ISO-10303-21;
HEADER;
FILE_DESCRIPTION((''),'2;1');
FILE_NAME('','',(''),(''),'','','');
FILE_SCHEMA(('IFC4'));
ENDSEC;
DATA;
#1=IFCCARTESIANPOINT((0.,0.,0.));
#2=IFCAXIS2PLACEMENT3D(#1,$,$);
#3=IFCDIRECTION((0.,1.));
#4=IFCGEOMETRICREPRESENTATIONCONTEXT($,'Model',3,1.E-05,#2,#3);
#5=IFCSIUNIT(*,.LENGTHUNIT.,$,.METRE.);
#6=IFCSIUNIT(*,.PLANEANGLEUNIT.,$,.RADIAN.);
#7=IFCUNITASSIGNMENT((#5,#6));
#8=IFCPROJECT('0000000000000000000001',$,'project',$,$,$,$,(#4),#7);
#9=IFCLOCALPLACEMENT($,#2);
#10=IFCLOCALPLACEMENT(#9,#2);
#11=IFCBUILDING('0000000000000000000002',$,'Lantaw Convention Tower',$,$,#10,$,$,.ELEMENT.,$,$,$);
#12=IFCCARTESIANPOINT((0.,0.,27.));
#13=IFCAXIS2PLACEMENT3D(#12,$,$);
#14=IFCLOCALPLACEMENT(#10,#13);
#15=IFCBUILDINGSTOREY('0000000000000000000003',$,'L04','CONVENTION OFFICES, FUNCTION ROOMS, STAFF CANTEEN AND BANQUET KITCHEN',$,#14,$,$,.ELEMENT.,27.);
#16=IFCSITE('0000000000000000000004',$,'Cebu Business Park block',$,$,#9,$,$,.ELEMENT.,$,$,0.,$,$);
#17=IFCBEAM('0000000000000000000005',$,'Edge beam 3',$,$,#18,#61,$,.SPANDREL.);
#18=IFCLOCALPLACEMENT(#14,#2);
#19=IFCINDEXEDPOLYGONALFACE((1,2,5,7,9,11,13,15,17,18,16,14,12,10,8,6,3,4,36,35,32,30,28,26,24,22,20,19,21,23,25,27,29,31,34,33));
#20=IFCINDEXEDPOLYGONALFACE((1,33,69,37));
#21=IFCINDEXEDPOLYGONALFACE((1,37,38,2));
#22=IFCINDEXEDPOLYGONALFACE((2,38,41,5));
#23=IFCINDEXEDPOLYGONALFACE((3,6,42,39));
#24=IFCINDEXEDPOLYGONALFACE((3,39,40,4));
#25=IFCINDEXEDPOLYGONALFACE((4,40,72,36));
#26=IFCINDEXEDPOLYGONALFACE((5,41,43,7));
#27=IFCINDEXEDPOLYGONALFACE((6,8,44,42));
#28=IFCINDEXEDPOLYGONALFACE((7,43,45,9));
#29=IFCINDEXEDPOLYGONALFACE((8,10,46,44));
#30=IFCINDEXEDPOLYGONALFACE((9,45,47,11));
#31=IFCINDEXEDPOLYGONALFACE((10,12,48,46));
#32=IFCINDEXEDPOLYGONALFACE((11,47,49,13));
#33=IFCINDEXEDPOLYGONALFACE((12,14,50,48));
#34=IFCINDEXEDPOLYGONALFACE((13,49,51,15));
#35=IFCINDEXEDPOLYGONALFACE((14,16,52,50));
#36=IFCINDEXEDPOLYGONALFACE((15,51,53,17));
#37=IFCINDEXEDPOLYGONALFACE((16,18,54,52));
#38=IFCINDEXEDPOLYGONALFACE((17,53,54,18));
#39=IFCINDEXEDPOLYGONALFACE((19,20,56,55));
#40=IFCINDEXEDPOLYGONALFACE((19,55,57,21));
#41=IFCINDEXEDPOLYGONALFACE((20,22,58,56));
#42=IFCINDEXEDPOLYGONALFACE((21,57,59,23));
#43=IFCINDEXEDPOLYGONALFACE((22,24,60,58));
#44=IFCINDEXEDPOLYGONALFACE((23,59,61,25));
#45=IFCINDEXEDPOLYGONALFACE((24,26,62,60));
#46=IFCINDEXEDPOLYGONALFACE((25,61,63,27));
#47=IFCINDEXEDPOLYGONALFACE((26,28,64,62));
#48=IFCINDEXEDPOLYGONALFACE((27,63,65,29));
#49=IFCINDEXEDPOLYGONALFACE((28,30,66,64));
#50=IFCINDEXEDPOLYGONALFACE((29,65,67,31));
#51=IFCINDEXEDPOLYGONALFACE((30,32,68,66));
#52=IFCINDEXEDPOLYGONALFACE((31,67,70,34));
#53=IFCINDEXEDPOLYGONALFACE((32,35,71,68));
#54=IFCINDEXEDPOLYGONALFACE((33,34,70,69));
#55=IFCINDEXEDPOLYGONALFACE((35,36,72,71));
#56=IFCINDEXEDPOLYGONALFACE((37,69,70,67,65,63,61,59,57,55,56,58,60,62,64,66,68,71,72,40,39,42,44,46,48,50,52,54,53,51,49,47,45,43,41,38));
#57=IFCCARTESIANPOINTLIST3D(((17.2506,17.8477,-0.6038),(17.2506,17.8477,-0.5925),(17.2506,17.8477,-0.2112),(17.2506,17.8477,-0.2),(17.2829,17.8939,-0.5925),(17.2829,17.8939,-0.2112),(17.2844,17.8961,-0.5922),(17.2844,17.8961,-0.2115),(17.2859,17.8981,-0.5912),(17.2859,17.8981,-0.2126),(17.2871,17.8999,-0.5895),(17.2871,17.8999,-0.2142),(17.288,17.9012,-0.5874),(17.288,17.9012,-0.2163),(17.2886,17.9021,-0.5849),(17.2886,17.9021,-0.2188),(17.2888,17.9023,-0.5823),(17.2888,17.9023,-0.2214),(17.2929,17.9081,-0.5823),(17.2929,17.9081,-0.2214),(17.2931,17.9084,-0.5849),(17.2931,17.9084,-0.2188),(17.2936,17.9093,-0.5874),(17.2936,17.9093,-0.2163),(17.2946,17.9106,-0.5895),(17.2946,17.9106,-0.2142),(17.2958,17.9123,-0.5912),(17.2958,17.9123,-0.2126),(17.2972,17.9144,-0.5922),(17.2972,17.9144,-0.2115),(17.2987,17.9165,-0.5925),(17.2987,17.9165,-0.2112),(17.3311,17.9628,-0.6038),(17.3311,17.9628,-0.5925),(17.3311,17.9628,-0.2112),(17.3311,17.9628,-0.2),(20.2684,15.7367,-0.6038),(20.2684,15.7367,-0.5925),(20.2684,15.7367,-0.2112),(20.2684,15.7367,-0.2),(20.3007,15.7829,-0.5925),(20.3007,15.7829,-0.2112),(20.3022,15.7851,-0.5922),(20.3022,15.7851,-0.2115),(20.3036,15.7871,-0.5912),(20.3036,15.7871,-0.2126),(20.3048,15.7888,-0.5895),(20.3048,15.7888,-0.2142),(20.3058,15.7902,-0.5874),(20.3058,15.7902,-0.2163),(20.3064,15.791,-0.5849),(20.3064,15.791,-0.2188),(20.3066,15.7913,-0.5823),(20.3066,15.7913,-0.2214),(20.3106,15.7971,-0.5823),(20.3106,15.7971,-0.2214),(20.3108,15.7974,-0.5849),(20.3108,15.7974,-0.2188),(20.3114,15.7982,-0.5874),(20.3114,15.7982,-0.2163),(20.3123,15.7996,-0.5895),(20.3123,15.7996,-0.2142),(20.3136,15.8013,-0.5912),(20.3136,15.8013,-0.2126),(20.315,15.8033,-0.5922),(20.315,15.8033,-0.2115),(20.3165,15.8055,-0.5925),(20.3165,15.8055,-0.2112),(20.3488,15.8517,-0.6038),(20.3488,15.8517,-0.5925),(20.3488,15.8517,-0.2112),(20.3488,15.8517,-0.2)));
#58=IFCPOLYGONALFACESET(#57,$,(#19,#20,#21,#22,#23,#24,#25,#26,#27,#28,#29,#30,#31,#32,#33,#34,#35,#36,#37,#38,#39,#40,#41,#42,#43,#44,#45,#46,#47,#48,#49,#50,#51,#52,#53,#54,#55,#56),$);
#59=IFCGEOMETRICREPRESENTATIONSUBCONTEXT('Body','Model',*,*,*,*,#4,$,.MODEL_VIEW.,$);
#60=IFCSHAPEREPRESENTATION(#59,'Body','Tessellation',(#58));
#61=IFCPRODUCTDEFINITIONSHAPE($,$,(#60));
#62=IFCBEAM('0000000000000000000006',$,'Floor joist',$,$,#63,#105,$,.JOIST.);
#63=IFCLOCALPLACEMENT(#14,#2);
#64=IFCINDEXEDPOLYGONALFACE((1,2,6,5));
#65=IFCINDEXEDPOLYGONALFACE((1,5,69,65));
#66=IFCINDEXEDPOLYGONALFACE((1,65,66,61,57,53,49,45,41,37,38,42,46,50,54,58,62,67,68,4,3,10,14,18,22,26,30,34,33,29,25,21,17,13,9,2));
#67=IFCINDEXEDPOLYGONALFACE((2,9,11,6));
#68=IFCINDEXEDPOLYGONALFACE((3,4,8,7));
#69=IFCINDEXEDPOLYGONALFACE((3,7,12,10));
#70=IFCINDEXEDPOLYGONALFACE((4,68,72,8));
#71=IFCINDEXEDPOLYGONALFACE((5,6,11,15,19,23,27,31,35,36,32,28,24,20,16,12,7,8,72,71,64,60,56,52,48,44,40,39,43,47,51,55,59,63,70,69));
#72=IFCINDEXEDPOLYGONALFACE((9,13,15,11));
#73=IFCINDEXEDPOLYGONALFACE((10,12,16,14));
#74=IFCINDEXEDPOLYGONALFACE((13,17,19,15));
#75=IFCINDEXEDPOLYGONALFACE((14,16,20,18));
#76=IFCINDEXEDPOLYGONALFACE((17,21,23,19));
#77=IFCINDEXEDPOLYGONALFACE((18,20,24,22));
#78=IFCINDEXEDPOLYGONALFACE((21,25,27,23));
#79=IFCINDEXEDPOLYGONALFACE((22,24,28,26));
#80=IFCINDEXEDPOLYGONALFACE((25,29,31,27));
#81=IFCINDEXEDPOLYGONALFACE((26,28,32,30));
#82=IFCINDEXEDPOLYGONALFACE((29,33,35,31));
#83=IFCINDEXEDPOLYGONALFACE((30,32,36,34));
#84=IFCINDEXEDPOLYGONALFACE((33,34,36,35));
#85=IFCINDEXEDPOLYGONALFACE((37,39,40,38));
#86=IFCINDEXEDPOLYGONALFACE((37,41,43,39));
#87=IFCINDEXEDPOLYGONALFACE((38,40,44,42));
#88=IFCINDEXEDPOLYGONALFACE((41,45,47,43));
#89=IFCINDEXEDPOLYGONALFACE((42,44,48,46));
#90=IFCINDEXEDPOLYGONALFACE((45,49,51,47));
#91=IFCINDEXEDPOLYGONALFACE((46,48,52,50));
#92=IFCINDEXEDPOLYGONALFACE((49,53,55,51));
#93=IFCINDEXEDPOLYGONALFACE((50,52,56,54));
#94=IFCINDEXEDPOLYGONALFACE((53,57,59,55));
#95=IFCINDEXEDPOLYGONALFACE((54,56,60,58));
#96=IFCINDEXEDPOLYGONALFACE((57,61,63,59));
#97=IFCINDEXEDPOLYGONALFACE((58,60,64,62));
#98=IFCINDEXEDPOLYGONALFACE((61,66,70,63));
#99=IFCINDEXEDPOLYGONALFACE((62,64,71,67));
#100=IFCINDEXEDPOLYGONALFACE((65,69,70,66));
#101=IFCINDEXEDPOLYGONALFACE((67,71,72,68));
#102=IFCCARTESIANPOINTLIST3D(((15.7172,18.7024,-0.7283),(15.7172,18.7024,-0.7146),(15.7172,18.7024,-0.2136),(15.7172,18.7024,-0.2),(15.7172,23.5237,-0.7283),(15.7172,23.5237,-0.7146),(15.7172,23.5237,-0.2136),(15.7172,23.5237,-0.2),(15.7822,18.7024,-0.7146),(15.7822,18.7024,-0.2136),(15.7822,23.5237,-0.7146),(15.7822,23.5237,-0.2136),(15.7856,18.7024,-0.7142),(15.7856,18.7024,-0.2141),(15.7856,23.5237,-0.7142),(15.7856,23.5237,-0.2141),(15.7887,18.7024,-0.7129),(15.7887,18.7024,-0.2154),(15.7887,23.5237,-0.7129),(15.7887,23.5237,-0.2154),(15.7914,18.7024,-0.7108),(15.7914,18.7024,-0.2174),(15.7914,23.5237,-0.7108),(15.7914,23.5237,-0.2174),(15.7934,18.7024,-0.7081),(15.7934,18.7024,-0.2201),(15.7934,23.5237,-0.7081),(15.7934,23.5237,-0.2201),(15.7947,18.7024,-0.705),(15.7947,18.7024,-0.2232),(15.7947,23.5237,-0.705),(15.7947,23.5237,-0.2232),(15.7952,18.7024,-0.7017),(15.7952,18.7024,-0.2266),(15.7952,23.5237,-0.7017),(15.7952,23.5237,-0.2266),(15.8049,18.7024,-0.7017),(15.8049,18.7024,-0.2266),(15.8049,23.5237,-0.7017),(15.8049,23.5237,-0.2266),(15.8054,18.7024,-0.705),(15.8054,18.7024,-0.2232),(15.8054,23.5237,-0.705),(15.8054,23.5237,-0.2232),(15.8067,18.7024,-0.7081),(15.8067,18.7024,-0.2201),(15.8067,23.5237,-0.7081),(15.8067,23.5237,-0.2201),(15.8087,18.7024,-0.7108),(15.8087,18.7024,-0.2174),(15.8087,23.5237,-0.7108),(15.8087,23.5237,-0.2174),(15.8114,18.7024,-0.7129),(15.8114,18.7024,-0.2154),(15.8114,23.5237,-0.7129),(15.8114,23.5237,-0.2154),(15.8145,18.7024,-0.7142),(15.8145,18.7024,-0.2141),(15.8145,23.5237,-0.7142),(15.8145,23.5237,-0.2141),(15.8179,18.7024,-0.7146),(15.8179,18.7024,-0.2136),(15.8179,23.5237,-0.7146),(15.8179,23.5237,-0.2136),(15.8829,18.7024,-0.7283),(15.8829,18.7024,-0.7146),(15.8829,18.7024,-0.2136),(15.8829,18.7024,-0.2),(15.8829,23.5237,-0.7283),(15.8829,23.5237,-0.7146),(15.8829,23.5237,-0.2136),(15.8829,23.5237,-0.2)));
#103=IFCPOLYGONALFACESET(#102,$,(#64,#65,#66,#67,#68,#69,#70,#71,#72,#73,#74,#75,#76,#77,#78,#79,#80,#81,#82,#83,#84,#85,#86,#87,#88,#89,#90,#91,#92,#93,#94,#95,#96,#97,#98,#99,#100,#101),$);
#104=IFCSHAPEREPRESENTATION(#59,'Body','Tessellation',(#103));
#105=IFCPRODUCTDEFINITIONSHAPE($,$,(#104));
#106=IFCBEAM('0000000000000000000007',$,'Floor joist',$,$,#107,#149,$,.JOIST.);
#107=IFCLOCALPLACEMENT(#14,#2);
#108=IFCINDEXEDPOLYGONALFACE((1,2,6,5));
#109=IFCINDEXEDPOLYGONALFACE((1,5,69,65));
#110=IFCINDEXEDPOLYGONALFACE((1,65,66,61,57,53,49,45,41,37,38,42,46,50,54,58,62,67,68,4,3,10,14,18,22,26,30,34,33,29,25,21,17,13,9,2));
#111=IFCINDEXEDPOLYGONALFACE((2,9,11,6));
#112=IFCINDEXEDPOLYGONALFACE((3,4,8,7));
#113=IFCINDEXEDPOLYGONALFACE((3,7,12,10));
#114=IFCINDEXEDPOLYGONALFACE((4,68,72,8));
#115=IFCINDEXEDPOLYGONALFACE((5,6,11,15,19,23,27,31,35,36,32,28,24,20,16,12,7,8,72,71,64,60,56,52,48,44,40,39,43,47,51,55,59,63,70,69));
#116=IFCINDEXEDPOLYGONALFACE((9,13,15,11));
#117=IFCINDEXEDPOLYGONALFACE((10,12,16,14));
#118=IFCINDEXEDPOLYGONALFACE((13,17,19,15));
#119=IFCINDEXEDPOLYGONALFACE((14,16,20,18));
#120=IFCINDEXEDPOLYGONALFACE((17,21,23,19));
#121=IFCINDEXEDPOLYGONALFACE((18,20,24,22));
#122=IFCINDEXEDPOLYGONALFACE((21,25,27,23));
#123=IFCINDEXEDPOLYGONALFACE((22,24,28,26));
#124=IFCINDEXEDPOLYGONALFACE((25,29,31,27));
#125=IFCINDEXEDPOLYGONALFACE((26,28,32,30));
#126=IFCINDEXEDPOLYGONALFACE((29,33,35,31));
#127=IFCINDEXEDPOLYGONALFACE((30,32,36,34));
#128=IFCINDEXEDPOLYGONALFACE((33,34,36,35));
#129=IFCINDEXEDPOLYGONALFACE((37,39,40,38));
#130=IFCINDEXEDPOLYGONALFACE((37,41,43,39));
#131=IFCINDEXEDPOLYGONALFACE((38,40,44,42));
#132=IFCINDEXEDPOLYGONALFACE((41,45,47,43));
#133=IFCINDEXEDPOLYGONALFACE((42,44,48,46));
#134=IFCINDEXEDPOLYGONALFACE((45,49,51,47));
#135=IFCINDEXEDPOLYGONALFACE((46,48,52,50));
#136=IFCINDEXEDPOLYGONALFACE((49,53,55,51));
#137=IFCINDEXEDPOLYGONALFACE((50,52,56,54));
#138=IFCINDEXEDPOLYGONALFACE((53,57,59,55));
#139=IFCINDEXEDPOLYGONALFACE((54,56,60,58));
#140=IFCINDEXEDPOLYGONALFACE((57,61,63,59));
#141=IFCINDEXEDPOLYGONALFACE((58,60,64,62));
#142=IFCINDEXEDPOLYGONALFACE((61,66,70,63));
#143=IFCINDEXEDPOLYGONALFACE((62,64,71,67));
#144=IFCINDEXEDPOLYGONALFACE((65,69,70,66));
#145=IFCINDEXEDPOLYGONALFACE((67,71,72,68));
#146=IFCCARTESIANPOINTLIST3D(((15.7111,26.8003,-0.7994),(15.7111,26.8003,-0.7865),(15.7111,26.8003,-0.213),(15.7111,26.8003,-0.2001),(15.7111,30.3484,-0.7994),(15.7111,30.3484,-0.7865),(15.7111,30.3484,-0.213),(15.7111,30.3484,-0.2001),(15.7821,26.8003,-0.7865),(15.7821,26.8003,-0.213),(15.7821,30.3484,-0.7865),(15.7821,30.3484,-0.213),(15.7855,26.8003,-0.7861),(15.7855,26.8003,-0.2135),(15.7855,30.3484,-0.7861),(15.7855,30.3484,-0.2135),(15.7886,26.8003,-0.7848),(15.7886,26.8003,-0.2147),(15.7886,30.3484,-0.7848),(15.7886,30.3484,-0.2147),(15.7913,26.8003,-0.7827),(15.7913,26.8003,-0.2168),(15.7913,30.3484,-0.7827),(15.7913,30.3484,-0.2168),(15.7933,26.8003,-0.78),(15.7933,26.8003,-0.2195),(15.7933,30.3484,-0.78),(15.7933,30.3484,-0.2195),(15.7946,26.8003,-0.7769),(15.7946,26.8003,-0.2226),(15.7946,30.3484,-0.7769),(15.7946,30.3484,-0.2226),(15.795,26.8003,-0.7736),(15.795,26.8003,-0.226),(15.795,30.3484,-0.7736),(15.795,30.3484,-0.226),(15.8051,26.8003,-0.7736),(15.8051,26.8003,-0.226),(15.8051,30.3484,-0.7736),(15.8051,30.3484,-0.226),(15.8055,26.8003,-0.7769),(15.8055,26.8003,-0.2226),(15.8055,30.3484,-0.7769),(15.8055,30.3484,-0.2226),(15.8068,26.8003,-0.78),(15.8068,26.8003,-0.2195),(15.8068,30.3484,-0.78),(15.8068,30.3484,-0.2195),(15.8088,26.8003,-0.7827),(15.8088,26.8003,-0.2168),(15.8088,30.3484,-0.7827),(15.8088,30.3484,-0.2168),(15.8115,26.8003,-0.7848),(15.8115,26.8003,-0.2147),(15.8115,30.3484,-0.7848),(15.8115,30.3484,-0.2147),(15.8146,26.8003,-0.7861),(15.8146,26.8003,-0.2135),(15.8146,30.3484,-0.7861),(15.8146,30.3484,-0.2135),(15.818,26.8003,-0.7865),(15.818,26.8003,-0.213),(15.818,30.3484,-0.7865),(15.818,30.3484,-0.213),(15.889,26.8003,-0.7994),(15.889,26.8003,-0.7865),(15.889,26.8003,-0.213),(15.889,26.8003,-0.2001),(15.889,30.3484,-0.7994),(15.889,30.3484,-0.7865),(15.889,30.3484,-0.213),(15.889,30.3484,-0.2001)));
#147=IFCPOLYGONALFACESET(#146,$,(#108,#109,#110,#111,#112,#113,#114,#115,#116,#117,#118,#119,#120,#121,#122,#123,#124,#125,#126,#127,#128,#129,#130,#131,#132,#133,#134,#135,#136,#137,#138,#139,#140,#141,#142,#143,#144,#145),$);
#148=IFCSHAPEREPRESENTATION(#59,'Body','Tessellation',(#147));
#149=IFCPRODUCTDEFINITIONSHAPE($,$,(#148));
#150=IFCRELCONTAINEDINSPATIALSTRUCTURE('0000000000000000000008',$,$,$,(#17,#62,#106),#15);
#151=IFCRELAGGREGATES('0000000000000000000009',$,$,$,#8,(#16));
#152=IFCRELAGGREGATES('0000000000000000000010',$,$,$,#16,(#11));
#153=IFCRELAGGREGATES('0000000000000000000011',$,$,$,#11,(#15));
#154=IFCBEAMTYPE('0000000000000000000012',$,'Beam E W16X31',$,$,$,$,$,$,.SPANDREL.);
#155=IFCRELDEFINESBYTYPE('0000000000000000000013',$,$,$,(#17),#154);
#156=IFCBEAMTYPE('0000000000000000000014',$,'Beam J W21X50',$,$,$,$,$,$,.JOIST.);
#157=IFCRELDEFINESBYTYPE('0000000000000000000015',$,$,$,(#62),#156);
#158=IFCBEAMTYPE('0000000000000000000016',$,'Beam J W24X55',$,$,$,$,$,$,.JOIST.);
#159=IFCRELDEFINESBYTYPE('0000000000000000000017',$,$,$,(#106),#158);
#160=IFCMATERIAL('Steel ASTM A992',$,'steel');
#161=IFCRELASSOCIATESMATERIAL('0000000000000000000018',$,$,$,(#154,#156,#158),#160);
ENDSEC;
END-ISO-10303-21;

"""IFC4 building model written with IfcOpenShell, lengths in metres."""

from ifc_helpers import new_model, si_unit, direction, frame, origin, origin_2d, place, context, subcontext, project, spatial, i_section, extrude, material, material_profile, profile_set, type_object, element, save


model = new_model("IFC4")

# Units and contexts
model_context = context("Model", 3, precision=1e-05, world=origin(), true_north=direction((0.0, 1.0)))
body_context = subcontext(model_context, "Body", "Model", "MODEL_VIEW")
ifc_project = project(units=[si_unit("LENGTHUNIT", "METRE"), si_unit("PLANEANGLEUNIT", "RADIAN")], contexts=[model_context])

# Site, building, storey
site_placement = place(None, origin())
site = spatial("IfcSite", under=ifc_project, at=site_placement, Name="Cebu Business Park block", CompositionType="ELEMENT", RefElevation=0.0)
building_placement = place(site_placement, origin())
building = spatial("IfcBuilding", under=site, at=building_placement, Name="Lantaw Convention Tower", CompositionType="ELEMENT")
storey_placement = place(building_placement, frame((0.0, 0.0, 27.0)))
storey = spatial("IfcBuildingStorey", under=building, at=storey_placement, Name="L04", Description="CONVENTION OFFICES, FUNCTION ROOMS, STAFF CANTEEN AND BANQUET KITCHEN", CompositionType="ELEMENT", Elevation=27.0)

# Beams
ifc_material_1 = material(Name="Steel ASTM A992", Category="steel")
ifc_material_profile_1 = material_profile(ifc_material_1, i_section(OverallWidth=0.1404, OverallDepth=0.4038, WebThickness=0.0071, FlangeThickness=0.0112, FilletRadius=0.0103, at=origin_2d()), Name="W16X31")
ifc_profile_set_1 = profile_set([ifc_material_profile_1], Name="Steel ASTM A992")
beam_type_1 = type_object("IfcBeamType", Name="Beam E W16X31", PredefinedType="SPANDREL", material=ifc_profile_set_1)
beam_1_placement = place(storey_placement, frame((20.3086, 15.7942, -0.4019), z_axis=(-0.819409, 0.573209, 0.0), x_axis=(-0.573209, -0.819409, 0.0)))
element("IfcBeam", 1, at=beam_1_placement, inside=storey, type_object=beam_type_1, Name="Edge beam 3", PredefinedType="SPANDREL", context=body_context, shape_type="SweptSolid", body=[
    extrude(i_section(OverallWidth=0.1404, OverallDepth=0.4038, WebThickness=0.0071, FlangeThickness=0.0112, FilletRadius=0.0103, at=origin_2d()), origin(), (0.0, 0.0, 1.0), 3.6829),
])
ifc_material_profile_2 = material_profile(ifc_material_1, i_section(OverallWidth=0.1658, OverallDepth=0.5283, WebThickness=0.0098, FlangeThickness=0.0137, FilletRadius=0.0129, at=origin_2d()), Name="W21X50")
ifc_profile_set_2 = profile_set([ifc_material_profile_2], Name="Steel ASTM A992")
beam_type_2 = type_object("IfcBeamType", Name="Beam J W21X50", PredefinedType="JOIST", material=ifc_profile_set_2)
beam_2_placement = place(storey_placement, frame((15.8, 18.7024, -0.4641), z_axis=(0.0, 1.0, 0.0), x_axis=(-1.0, 0.0, 0.0)))
element("IfcBeam", 2, at=beam_2_placement, inside=storey, type_object=beam_type_2, Name="Floor joist", PredefinedType="JOIST", context=body_context, shape_type="SweptSolid", body=[
    extrude(i_section(OverallWidth=0.1658, OverallDepth=0.5283, WebThickness=0.0098, FlangeThickness=0.0137, FilletRadius=0.0129, at=origin_2d()), origin(), (0.0, 0.0, 1.0), 4.8213),
])
ifc_material_profile_3 = material_profile(ifc_material_1, i_section(OverallWidth=0.178, OverallDepth=0.5994, WebThickness=0.01, FlangeThickness=0.0129, FilletRadius=0.0129, at=origin_2d()), Name="W24X55")
ifc_profile_set_3 = profile_set([ifc_material_profile_3], Name="Steel ASTM A992")
beam_type_3 = type_object("IfcBeamType", Name="Beam J W24X55", PredefinedType="JOIST", material=ifc_profile_set_3)
beam_3_placement = place(storey_placement, frame((15.8, 26.8003, -0.4998), z_axis=(0.0, 1.0, 0.0), x_axis=(-1.0, 0.0, 0.0)))
element("IfcBeam", 3, at=beam_3_placement, inside=storey, type_object=beam_type_3, Name="Floor joist", PredefinedType="JOIST", context=body_context, shape_type="SweptSolid", body=[
    extrude(i_section(OverallWidth=0.178, OverallDepth=0.5994, WebThickness=0.01, FlangeThickness=0.0129, FilletRadius=0.0129, at=origin_2d()), origin(), (0.0, 0.0, 1.0), 3.5481),
])

save(model, "model.ifc")
